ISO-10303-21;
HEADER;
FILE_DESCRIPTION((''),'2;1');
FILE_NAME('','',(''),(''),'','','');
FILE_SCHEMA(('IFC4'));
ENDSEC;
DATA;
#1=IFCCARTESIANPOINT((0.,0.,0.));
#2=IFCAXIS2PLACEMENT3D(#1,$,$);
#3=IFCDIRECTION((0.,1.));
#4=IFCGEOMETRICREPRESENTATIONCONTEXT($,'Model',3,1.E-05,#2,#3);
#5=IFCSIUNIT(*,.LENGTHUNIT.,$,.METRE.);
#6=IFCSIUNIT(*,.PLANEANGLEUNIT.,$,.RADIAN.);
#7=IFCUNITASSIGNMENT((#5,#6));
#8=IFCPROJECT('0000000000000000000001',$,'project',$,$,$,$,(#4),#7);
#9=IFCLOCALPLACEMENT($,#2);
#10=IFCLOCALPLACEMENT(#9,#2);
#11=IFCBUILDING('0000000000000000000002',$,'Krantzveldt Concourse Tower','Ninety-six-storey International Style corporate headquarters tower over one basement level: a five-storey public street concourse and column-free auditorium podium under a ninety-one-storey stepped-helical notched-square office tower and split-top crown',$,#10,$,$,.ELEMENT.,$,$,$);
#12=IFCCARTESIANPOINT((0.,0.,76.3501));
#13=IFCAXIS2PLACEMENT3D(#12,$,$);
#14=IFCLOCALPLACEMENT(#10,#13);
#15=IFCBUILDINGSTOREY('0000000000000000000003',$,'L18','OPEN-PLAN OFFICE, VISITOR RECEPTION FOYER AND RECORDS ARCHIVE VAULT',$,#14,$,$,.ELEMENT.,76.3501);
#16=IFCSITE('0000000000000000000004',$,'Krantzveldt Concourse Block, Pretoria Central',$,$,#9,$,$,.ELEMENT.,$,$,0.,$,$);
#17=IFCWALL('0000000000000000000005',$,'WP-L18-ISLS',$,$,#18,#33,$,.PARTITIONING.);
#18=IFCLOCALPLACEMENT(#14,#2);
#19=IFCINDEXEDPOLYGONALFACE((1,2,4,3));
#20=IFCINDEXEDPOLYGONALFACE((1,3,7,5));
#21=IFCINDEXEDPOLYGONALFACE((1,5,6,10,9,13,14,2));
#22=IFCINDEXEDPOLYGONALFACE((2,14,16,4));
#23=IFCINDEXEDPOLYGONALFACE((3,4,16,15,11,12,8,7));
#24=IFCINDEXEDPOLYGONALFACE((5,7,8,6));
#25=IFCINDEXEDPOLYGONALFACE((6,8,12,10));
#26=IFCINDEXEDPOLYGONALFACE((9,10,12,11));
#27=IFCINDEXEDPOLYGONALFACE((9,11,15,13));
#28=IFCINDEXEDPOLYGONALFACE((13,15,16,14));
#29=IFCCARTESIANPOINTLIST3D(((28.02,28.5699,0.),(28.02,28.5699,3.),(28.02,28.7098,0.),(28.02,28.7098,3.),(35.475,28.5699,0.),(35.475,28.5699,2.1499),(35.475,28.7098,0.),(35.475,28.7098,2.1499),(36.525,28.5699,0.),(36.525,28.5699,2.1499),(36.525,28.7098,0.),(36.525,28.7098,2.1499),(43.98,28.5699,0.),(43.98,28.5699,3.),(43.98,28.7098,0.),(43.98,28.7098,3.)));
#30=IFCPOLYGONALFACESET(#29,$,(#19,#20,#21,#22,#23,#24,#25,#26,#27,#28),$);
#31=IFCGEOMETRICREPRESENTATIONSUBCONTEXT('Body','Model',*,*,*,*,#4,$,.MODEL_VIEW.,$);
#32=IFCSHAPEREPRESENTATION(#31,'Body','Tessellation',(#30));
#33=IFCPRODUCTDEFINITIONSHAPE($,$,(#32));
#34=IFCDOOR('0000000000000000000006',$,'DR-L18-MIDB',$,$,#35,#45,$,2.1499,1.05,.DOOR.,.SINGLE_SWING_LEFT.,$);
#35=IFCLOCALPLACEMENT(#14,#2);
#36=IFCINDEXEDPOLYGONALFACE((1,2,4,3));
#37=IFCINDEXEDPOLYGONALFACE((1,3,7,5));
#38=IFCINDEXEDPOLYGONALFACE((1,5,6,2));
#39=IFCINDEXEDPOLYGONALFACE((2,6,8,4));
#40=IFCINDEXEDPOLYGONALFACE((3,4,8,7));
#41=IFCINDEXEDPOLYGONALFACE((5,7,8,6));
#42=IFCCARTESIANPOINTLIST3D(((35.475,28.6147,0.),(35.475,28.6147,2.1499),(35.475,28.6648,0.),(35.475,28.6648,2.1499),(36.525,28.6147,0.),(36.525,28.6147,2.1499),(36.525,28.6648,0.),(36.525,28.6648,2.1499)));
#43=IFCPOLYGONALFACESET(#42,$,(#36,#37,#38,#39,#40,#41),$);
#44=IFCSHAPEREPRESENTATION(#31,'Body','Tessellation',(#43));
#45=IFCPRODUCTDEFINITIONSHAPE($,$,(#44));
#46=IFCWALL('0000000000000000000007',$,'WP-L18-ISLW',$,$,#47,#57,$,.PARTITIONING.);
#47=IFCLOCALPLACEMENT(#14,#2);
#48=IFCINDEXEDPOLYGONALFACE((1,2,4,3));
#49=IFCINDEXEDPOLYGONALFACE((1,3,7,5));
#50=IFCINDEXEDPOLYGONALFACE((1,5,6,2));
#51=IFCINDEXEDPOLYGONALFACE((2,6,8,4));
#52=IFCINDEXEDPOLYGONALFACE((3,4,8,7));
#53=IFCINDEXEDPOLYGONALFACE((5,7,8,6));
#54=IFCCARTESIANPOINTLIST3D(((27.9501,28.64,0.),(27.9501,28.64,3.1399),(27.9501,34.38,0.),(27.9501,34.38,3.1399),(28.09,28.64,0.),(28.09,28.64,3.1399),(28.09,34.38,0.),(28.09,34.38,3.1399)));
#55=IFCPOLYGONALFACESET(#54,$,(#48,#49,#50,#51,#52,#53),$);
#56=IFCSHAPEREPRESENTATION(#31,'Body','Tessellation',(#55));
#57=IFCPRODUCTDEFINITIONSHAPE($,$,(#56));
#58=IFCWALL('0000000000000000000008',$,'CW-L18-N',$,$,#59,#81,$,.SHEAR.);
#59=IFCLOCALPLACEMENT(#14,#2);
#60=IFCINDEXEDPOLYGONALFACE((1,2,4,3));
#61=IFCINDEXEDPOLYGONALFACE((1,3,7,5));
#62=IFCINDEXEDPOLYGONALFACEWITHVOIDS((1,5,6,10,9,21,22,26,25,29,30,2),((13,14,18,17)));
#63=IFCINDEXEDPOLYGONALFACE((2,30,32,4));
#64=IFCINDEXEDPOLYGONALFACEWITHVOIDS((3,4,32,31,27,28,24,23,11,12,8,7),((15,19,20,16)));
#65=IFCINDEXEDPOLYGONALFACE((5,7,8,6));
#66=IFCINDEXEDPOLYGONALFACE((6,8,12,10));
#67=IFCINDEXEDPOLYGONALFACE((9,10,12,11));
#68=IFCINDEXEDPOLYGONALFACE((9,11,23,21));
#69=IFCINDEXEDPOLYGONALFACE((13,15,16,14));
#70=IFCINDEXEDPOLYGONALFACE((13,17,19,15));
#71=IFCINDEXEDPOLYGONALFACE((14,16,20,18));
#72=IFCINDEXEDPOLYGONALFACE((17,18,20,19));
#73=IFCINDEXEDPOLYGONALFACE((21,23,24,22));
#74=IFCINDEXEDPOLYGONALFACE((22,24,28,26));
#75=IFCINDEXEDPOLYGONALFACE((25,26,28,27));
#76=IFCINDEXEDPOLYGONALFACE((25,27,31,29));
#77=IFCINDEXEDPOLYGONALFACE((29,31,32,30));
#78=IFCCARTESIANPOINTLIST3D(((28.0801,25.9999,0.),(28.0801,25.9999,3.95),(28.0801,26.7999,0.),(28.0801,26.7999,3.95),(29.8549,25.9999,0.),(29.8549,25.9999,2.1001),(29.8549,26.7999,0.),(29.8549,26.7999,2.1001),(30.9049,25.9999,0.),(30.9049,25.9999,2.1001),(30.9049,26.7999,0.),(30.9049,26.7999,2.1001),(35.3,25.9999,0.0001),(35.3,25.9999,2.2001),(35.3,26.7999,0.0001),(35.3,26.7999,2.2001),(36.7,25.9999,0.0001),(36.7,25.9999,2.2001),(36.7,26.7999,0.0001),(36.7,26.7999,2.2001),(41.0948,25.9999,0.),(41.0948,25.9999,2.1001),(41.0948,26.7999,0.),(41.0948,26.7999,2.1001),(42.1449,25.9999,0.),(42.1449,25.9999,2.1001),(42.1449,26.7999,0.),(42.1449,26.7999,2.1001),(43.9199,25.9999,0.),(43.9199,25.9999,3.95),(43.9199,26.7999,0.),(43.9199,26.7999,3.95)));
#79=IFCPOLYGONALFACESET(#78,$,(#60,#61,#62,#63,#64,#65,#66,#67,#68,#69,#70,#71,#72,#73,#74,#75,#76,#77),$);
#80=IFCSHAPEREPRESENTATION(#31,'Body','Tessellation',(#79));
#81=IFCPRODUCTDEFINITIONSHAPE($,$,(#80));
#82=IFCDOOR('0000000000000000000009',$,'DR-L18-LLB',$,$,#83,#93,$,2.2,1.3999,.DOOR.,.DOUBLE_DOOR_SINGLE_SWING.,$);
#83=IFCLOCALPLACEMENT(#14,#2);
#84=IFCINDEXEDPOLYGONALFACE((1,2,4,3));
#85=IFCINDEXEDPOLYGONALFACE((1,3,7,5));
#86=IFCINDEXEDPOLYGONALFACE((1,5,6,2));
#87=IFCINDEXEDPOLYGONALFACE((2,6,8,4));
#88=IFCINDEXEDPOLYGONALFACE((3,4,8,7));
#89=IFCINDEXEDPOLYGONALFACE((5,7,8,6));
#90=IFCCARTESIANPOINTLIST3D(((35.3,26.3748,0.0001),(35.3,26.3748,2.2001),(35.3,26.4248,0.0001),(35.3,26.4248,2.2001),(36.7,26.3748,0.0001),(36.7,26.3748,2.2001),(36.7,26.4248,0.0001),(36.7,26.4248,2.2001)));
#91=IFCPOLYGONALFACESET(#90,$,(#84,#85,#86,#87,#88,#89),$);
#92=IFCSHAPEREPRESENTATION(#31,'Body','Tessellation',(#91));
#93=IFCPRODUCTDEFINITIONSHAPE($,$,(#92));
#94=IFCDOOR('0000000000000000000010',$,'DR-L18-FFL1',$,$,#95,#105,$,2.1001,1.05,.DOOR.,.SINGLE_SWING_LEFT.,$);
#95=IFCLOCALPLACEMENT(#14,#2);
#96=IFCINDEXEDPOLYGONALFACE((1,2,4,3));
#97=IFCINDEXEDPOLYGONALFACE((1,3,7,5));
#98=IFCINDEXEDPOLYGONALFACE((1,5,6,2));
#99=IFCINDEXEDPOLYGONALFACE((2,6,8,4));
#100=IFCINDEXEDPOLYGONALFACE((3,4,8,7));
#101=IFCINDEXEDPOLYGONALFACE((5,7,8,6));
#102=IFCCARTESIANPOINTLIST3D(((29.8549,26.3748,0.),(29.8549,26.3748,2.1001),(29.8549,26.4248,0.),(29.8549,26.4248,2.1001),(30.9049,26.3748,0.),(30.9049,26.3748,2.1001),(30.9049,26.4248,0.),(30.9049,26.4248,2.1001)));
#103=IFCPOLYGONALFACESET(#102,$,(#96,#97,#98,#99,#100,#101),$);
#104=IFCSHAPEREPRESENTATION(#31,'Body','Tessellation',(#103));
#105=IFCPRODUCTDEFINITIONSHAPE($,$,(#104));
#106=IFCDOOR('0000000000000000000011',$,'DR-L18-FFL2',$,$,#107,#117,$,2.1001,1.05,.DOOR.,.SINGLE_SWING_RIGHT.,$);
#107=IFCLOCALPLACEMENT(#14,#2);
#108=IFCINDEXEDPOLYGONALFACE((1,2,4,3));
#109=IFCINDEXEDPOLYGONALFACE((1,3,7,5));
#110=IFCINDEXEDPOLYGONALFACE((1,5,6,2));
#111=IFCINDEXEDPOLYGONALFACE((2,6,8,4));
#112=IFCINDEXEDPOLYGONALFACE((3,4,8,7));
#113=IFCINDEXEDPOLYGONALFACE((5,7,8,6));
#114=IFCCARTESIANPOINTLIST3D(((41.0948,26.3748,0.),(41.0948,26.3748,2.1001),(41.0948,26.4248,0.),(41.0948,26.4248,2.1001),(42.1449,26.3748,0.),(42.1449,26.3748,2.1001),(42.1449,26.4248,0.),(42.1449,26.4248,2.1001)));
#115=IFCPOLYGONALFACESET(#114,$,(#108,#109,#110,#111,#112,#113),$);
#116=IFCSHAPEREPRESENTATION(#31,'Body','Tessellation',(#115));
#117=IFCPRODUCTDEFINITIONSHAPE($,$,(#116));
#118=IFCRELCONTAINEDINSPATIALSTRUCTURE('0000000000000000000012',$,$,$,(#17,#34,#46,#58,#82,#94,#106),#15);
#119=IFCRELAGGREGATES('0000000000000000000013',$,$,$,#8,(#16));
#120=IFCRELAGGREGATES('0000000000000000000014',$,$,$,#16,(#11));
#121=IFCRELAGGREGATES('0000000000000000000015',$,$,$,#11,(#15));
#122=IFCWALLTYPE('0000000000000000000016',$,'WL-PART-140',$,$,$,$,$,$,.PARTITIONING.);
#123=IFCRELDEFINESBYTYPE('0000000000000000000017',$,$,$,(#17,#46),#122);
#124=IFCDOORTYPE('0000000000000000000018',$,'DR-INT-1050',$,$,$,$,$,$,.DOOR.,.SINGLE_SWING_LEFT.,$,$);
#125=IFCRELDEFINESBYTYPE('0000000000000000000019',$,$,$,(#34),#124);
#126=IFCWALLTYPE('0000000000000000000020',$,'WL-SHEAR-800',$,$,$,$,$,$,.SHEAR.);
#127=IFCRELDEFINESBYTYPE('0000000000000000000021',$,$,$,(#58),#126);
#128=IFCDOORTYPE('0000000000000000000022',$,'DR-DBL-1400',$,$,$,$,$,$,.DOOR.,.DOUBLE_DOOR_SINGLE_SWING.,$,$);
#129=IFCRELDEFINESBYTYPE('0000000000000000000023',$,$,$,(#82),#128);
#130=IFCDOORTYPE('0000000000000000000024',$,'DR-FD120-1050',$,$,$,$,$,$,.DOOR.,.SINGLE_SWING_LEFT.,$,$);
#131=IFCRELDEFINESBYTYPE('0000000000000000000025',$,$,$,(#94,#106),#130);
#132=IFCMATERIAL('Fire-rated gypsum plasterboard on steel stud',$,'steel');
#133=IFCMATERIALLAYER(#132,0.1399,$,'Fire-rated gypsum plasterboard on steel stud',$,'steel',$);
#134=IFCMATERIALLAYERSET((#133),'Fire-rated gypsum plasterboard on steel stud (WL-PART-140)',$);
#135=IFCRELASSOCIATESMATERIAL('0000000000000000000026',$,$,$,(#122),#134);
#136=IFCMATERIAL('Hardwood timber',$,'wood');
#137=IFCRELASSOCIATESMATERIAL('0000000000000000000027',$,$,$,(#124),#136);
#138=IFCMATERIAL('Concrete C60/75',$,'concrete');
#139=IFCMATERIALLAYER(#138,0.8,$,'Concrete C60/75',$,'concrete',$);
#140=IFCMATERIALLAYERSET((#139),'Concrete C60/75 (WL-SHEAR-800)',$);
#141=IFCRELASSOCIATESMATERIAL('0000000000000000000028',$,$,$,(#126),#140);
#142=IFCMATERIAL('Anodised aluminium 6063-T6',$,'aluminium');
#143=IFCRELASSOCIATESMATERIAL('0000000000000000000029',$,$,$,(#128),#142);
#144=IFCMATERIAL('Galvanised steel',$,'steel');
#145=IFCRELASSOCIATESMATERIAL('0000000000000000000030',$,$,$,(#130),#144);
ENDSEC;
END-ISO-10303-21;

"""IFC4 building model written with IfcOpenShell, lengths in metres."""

from ifc_helpers import new_model, si_unit, direction, frame, frame_2d, origin, place, context, subcontext, project, spatial, rectangle, extrude, material, layer, layer_set, type_object, element, fill, save


model = new_model("IFC4")

# Units and contexts
model_context = context("Model", 3, precision=1e-05, world=origin(), true_north=direction((0.0, 1.0)))
body_context = subcontext(model_context, "Body", "Model", "MODEL_VIEW")
ifc_project = project(units=[si_unit("LENGTHUNIT", "METRE"), si_unit("PLANEANGLEUNIT", "RADIAN")], contexts=[model_context])

# Site, building, storey
site_placement = place(None, origin())
site = spatial("IfcSite", under=ifc_project, at=site_placement, Name="Krantzveldt Concourse Block, Pretoria Central", CompositionType="ELEMENT", RefElevation=0.0)
building_placement = place(site_placement, origin())
building = spatial("IfcBuilding", under=site, at=building_placement, Name="Krantzveldt Concourse Tower", Description="Ninety-six-storey International Style corporate headquarters tower over one basement level: a five-storey public street concourse and column-free auditorium podium under a ninety-one-storey stepped-helical notched-square office tower and split-top crown", CompositionType="ELEMENT")
storey_placement = place(building_placement, frame((0.0, 0.0, 76.3501)))
storey = spatial("IfcBuildingStorey", under=building, at=storey_placement, Name="L18", Description="OPEN-PLAN OFFICE, VISITOR RECEPTION FOYER AND RECORDS ARCHIVE VAULT", CompositionType="ELEMENT", Elevation=76.3501)

# Shared definitions
ifc_material_1 = material(Name="Fire-rated gypsum plasterboard on steel stud", Category="steel")

# Wall, opening, door
ifc_layer_1 = layer(ifc_material_1, 0.1399, Name="Fire-rated gypsum plasterboard on steel stud", Category="steel")
ifc_layer_set_1 = layer_set([ifc_layer_1], Name="Fire-rated gypsum plasterboard on steel stud (WL-PART-140)")
wall_type_1 = type_object("IfcWallType", Name="WL-PART-140", PredefinedType="PARTITIONING", material=ifc_layer_set_1)
wall_1_placement = place(storey_placement, frame((28.02, 28.6399, 0.0), z_axis=(0.0, 0.0, 1.0), x_axis=(1.0, 0.0, 0.0)))
wall_1 = element("IfcWall", 1, at=wall_1_placement, inside=storey, type_object=wall_type_1, Name="WP-L18-ISLS", PredefinedType="PARTITIONING", context=body_context, shape_type="SweptSolid", body=[
    extrude(rectangle(XDim=15.96, YDim=0.1399, at=frame_2d((7.98, 0.0))), origin(), (0.0, 0.0, 1.0), 3.0),
])
opening_1_placement = place(wall_1_placement, frame((7.4551, 0.0, 0.0)))
opening_1 = element("IfcOpeningElement", 2, at=opening_1_placement, cuts=wall_1, PredefinedType="OPENING", context=body_context, shape_type="SweptSolid", body=[
    extrude(rectangle(XDim=1.05, YDim=2.1499, at=frame_2d((0.5249, 1.075))), frame((0.0, 0.0801, 0.0), z_axis=(0.0, -1.0, 0.0), x_axis=(1.0, 0.0, 0.0)), (0.0, 0.0, 1.0), 0.1599),
])
ifc_material_2 = material(Name="Hardwood timber", Category="wood")
door_type_1 = type_object("IfcDoorType", Name="DR-INT-1050", OperationType="SINGLE_SWING_LEFT", PredefinedType="DOOR", material=ifc_material_2)
door_1_placement = place(opening_1_placement, origin())
door_1 = element("IfcDoor", 3, at=door_1_placement, inside=storey, type_object=door_type_1, Name="DR-L18-MIDB", OperationType="SINGLE_SWING_LEFT", OverallHeight=2.1499, OverallWidth=1.05, PredefinedType="DOOR", context=body_context, shape_type="SweptSolid", body=[
    extrude(rectangle(XDim=1.05, YDim=2.1499, at=frame_2d((0.5249, 1.075))), frame((0.0, 0.0249, 0.0), z_axis=(0.0, -1.0, 0.0), x_axis=(1.0, 0.0, 0.0)), (0.0, 0.0, 1.0), 0.05),
])
fill(opening_1, door_1)

# Wall
wall_2_placement = place(storey_placement, frame((28.02, 28.6399, 0.0), z_axis=(0.0, 0.0, 1.0), x_axis=(0.0, 1.0, 0.0)))
element("IfcWall", 4, at=wall_2_placement, inside=storey, type_object=wall_type_1, Name="WP-L18-ISLW", PredefinedType="PARTITIONING", context=body_context, shape_type="SweptSolid", body=[
    extrude(rectangle(XDim=5.74, YDim=0.1399, at=frame_2d((2.8701, 0.0))), origin(), (0.0, 0.0, 1.0), 3.1399),
])

# Wall, openings, doors
ifc_material_3 = material(Name="Concrete C60/75", Category="concrete")
ifc_layer_2 = layer(ifc_material_3, 0.8, Name="Concrete C60/75", Category="concrete")
ifc_layer_set_2 = layer_set([ifc_layer_2], Name="Concrete C60/75 (WL-SHEAR-800)")
wall_type_2 = type_object("IfcWallType", Name="WL-SHEAR-800", PredefinedType="SHEAR", material=ifc_layer_set_2)
wall_3_placement = place(storey_placement, frame((28.0801, 26.3999, 0.0), z_axis=(0.0, 0.0, 1.0), x_axis=(1.0, 0.0, 0.0)))
wall_3 = element("IfcWall", 5, at=wall_3_placement, inside=storey, type_object=wall_type_2, Name="CW-L18-N", PredefinedType="SHEAR", context=body_context, shape_type="SweptSolid", body=[
    extrude(rectangle(XDim=15.8398, YDim=0.8, at=frame_2d((7.9199, 0.0))), origin(), (0.0, 0.0, 1.0), 3.95),
])
opening_2_placement = place(wall_3_placement, frame((7.22, 0.0, 0.0)))
opening_2 = element("IfcOpeningElement", 6, at=opening_2_placement, cuts=wall_3, PredefinedType="OPENING", context=body_context, shape_type="SweptSolid", body=[
    extrude(rectangle(XDim=1.3999, YDim=2.2, at=frame_2d((0.7, 1.1001))), frame((0.0, 0.4102, 0.0), z_axis=(0.0, -1.0, 0.0), x_axis=(1.0, 0.0, 0.0)), (0.0, 0.0, 1.0), 0.8201),
])
opening_3_placement = place(wall_3_placement, frame((1.7749, 0.0, 0.0)))
opening_3 = element("IfcOpeningElement", 7, at=opening_3_placement, cuts=wall_3, PredefinedType="OPENING", context=body_context, shape_type="SweptSolid", body=[
    extrude(rectangle(XDim=1.05, YDim=2.1001, at=frame_2d((0.5249, 1.05))), frame((0.0, 0.4102, 0.0), z_axis=(0.0, -1.0, 0.0), x_axis=(1.0, 0.0, 0.0)), (0.0, 0.0, 1.0), 0.8201),
])
opening_4_placement = place(wall_3_placement, frame((13.0149, 0.0, 0.0)))
opening_4 = element("IfcOpeningElement", 8, at=opening_4_placement, cuts=wall_3, PredefinedType="OPENING", context=body_context, shape_type="SweptSolid", body=[
    extrude(rectangle(XDim=1.05, YDim=2.1001, at=frame_2d((0.5249, 1.05))), frame((0.0, 0.4102, 0.0), z_axis=(0.0, -1.0, 0.0), x_axis=(1.0, 0.0, 0.0)), (0.0, 0.0, 1.0), 0.8201),
])
ifc_material_4 = material(Name="Anodised aluminium 6063-T6", Category="aluminium")
door_type_2 = type_object("IfcDoorType", Name="DR-DBL-1400", OperationType="DOUBLE_DOOR_SINGLE_SWING", PredefinedType="DOOR", material=ifc_material_4)
door_2_placement = place(opening_2_placement, origin())
door_2 = element("IfcDoor", 9, at=door_2_placement, inside=storey, type_object=door_type_2, Name="DR-L18-LLB", OperationType="DOUBLE_DOOR_SINGLE_SWING", OverallHeight=2.2, OverallWidth=1.3999, PredefinedType="DOOR", context=body_context, shape_type="SweptSolid", body=[
    extrude(rectangle(XDim=1.3999, YDim=2.2, at=frame_2d((0.7, 1.1001))), frame((0.0, 0.0249, 0.0), z_axis=(0.0, -1.0, 0.0), x_axis=(1.0, 0.0, 0.0)), (0.0, 0.0, 1.0), 0.05),
])
fill(opening_2, door_2)
ifc_material_5 = material(Name="Galvanised steel", Category="steel")
door_type_3 = type_object("IfcDoorType", Name="DR-FD120-1050", OperationType="SINGLE_SWING_LEFT", PredefinedType="DOOR", material=ifc_material_5)
door_3_placement = place(opening_3_placement, origin())
door_3 = element("IfcDoor", 10, at=door_3_placement, inside=storey, type_object=door_type_3, Name="DR-L18-FFL1", OperationType="SINGLE_SWING_LEFT", OverallHeight=2.1001, OverallWidth=1.05, PredefinedType="DOOR", context=body_context, shape_type="SweptSolid", body=[
    extrude(rectangle(XDim=1.05, YDim=2.1001, at=frame_2d((0.5249, 1.05))), frame((0.0, 0.0249, 0.0), z_axis=(0.0, -1.0, 0.0), x_axis=(1.0, 0.0, 0.0)), (0.0, 0.0, 1.0), 0.05),
])
fill(opening_3, door_3)
door_4_placement = place(opening_4_placement, origin())
door_4 = element("IfcDoor", 11, at=door_4_placement, inside=storey, type_object=door_type_3, Name="DR-L18-FFL2", OperationType="SINGLE_SWING_RIGHT", OverallHeight=2.1001, OverallWidth=1.05, PredefinedType="DOOR", context=body_context, shape_type="SweptSolid", body=[
    extrude(rectangle(XDim=1.05, YDim=2.1001, at=frame_2d((0.5249, 1.05))), frame((0.0, 0.0249, 0.0), z_axis=(0.0, -1.0, 0.0), x_axis=(1.0, 0.0, 0.0)), (0.0, 0.0, 1.0), 0.05),
])
fill(opening_4, door_4)

save(model, "model.ifc")
